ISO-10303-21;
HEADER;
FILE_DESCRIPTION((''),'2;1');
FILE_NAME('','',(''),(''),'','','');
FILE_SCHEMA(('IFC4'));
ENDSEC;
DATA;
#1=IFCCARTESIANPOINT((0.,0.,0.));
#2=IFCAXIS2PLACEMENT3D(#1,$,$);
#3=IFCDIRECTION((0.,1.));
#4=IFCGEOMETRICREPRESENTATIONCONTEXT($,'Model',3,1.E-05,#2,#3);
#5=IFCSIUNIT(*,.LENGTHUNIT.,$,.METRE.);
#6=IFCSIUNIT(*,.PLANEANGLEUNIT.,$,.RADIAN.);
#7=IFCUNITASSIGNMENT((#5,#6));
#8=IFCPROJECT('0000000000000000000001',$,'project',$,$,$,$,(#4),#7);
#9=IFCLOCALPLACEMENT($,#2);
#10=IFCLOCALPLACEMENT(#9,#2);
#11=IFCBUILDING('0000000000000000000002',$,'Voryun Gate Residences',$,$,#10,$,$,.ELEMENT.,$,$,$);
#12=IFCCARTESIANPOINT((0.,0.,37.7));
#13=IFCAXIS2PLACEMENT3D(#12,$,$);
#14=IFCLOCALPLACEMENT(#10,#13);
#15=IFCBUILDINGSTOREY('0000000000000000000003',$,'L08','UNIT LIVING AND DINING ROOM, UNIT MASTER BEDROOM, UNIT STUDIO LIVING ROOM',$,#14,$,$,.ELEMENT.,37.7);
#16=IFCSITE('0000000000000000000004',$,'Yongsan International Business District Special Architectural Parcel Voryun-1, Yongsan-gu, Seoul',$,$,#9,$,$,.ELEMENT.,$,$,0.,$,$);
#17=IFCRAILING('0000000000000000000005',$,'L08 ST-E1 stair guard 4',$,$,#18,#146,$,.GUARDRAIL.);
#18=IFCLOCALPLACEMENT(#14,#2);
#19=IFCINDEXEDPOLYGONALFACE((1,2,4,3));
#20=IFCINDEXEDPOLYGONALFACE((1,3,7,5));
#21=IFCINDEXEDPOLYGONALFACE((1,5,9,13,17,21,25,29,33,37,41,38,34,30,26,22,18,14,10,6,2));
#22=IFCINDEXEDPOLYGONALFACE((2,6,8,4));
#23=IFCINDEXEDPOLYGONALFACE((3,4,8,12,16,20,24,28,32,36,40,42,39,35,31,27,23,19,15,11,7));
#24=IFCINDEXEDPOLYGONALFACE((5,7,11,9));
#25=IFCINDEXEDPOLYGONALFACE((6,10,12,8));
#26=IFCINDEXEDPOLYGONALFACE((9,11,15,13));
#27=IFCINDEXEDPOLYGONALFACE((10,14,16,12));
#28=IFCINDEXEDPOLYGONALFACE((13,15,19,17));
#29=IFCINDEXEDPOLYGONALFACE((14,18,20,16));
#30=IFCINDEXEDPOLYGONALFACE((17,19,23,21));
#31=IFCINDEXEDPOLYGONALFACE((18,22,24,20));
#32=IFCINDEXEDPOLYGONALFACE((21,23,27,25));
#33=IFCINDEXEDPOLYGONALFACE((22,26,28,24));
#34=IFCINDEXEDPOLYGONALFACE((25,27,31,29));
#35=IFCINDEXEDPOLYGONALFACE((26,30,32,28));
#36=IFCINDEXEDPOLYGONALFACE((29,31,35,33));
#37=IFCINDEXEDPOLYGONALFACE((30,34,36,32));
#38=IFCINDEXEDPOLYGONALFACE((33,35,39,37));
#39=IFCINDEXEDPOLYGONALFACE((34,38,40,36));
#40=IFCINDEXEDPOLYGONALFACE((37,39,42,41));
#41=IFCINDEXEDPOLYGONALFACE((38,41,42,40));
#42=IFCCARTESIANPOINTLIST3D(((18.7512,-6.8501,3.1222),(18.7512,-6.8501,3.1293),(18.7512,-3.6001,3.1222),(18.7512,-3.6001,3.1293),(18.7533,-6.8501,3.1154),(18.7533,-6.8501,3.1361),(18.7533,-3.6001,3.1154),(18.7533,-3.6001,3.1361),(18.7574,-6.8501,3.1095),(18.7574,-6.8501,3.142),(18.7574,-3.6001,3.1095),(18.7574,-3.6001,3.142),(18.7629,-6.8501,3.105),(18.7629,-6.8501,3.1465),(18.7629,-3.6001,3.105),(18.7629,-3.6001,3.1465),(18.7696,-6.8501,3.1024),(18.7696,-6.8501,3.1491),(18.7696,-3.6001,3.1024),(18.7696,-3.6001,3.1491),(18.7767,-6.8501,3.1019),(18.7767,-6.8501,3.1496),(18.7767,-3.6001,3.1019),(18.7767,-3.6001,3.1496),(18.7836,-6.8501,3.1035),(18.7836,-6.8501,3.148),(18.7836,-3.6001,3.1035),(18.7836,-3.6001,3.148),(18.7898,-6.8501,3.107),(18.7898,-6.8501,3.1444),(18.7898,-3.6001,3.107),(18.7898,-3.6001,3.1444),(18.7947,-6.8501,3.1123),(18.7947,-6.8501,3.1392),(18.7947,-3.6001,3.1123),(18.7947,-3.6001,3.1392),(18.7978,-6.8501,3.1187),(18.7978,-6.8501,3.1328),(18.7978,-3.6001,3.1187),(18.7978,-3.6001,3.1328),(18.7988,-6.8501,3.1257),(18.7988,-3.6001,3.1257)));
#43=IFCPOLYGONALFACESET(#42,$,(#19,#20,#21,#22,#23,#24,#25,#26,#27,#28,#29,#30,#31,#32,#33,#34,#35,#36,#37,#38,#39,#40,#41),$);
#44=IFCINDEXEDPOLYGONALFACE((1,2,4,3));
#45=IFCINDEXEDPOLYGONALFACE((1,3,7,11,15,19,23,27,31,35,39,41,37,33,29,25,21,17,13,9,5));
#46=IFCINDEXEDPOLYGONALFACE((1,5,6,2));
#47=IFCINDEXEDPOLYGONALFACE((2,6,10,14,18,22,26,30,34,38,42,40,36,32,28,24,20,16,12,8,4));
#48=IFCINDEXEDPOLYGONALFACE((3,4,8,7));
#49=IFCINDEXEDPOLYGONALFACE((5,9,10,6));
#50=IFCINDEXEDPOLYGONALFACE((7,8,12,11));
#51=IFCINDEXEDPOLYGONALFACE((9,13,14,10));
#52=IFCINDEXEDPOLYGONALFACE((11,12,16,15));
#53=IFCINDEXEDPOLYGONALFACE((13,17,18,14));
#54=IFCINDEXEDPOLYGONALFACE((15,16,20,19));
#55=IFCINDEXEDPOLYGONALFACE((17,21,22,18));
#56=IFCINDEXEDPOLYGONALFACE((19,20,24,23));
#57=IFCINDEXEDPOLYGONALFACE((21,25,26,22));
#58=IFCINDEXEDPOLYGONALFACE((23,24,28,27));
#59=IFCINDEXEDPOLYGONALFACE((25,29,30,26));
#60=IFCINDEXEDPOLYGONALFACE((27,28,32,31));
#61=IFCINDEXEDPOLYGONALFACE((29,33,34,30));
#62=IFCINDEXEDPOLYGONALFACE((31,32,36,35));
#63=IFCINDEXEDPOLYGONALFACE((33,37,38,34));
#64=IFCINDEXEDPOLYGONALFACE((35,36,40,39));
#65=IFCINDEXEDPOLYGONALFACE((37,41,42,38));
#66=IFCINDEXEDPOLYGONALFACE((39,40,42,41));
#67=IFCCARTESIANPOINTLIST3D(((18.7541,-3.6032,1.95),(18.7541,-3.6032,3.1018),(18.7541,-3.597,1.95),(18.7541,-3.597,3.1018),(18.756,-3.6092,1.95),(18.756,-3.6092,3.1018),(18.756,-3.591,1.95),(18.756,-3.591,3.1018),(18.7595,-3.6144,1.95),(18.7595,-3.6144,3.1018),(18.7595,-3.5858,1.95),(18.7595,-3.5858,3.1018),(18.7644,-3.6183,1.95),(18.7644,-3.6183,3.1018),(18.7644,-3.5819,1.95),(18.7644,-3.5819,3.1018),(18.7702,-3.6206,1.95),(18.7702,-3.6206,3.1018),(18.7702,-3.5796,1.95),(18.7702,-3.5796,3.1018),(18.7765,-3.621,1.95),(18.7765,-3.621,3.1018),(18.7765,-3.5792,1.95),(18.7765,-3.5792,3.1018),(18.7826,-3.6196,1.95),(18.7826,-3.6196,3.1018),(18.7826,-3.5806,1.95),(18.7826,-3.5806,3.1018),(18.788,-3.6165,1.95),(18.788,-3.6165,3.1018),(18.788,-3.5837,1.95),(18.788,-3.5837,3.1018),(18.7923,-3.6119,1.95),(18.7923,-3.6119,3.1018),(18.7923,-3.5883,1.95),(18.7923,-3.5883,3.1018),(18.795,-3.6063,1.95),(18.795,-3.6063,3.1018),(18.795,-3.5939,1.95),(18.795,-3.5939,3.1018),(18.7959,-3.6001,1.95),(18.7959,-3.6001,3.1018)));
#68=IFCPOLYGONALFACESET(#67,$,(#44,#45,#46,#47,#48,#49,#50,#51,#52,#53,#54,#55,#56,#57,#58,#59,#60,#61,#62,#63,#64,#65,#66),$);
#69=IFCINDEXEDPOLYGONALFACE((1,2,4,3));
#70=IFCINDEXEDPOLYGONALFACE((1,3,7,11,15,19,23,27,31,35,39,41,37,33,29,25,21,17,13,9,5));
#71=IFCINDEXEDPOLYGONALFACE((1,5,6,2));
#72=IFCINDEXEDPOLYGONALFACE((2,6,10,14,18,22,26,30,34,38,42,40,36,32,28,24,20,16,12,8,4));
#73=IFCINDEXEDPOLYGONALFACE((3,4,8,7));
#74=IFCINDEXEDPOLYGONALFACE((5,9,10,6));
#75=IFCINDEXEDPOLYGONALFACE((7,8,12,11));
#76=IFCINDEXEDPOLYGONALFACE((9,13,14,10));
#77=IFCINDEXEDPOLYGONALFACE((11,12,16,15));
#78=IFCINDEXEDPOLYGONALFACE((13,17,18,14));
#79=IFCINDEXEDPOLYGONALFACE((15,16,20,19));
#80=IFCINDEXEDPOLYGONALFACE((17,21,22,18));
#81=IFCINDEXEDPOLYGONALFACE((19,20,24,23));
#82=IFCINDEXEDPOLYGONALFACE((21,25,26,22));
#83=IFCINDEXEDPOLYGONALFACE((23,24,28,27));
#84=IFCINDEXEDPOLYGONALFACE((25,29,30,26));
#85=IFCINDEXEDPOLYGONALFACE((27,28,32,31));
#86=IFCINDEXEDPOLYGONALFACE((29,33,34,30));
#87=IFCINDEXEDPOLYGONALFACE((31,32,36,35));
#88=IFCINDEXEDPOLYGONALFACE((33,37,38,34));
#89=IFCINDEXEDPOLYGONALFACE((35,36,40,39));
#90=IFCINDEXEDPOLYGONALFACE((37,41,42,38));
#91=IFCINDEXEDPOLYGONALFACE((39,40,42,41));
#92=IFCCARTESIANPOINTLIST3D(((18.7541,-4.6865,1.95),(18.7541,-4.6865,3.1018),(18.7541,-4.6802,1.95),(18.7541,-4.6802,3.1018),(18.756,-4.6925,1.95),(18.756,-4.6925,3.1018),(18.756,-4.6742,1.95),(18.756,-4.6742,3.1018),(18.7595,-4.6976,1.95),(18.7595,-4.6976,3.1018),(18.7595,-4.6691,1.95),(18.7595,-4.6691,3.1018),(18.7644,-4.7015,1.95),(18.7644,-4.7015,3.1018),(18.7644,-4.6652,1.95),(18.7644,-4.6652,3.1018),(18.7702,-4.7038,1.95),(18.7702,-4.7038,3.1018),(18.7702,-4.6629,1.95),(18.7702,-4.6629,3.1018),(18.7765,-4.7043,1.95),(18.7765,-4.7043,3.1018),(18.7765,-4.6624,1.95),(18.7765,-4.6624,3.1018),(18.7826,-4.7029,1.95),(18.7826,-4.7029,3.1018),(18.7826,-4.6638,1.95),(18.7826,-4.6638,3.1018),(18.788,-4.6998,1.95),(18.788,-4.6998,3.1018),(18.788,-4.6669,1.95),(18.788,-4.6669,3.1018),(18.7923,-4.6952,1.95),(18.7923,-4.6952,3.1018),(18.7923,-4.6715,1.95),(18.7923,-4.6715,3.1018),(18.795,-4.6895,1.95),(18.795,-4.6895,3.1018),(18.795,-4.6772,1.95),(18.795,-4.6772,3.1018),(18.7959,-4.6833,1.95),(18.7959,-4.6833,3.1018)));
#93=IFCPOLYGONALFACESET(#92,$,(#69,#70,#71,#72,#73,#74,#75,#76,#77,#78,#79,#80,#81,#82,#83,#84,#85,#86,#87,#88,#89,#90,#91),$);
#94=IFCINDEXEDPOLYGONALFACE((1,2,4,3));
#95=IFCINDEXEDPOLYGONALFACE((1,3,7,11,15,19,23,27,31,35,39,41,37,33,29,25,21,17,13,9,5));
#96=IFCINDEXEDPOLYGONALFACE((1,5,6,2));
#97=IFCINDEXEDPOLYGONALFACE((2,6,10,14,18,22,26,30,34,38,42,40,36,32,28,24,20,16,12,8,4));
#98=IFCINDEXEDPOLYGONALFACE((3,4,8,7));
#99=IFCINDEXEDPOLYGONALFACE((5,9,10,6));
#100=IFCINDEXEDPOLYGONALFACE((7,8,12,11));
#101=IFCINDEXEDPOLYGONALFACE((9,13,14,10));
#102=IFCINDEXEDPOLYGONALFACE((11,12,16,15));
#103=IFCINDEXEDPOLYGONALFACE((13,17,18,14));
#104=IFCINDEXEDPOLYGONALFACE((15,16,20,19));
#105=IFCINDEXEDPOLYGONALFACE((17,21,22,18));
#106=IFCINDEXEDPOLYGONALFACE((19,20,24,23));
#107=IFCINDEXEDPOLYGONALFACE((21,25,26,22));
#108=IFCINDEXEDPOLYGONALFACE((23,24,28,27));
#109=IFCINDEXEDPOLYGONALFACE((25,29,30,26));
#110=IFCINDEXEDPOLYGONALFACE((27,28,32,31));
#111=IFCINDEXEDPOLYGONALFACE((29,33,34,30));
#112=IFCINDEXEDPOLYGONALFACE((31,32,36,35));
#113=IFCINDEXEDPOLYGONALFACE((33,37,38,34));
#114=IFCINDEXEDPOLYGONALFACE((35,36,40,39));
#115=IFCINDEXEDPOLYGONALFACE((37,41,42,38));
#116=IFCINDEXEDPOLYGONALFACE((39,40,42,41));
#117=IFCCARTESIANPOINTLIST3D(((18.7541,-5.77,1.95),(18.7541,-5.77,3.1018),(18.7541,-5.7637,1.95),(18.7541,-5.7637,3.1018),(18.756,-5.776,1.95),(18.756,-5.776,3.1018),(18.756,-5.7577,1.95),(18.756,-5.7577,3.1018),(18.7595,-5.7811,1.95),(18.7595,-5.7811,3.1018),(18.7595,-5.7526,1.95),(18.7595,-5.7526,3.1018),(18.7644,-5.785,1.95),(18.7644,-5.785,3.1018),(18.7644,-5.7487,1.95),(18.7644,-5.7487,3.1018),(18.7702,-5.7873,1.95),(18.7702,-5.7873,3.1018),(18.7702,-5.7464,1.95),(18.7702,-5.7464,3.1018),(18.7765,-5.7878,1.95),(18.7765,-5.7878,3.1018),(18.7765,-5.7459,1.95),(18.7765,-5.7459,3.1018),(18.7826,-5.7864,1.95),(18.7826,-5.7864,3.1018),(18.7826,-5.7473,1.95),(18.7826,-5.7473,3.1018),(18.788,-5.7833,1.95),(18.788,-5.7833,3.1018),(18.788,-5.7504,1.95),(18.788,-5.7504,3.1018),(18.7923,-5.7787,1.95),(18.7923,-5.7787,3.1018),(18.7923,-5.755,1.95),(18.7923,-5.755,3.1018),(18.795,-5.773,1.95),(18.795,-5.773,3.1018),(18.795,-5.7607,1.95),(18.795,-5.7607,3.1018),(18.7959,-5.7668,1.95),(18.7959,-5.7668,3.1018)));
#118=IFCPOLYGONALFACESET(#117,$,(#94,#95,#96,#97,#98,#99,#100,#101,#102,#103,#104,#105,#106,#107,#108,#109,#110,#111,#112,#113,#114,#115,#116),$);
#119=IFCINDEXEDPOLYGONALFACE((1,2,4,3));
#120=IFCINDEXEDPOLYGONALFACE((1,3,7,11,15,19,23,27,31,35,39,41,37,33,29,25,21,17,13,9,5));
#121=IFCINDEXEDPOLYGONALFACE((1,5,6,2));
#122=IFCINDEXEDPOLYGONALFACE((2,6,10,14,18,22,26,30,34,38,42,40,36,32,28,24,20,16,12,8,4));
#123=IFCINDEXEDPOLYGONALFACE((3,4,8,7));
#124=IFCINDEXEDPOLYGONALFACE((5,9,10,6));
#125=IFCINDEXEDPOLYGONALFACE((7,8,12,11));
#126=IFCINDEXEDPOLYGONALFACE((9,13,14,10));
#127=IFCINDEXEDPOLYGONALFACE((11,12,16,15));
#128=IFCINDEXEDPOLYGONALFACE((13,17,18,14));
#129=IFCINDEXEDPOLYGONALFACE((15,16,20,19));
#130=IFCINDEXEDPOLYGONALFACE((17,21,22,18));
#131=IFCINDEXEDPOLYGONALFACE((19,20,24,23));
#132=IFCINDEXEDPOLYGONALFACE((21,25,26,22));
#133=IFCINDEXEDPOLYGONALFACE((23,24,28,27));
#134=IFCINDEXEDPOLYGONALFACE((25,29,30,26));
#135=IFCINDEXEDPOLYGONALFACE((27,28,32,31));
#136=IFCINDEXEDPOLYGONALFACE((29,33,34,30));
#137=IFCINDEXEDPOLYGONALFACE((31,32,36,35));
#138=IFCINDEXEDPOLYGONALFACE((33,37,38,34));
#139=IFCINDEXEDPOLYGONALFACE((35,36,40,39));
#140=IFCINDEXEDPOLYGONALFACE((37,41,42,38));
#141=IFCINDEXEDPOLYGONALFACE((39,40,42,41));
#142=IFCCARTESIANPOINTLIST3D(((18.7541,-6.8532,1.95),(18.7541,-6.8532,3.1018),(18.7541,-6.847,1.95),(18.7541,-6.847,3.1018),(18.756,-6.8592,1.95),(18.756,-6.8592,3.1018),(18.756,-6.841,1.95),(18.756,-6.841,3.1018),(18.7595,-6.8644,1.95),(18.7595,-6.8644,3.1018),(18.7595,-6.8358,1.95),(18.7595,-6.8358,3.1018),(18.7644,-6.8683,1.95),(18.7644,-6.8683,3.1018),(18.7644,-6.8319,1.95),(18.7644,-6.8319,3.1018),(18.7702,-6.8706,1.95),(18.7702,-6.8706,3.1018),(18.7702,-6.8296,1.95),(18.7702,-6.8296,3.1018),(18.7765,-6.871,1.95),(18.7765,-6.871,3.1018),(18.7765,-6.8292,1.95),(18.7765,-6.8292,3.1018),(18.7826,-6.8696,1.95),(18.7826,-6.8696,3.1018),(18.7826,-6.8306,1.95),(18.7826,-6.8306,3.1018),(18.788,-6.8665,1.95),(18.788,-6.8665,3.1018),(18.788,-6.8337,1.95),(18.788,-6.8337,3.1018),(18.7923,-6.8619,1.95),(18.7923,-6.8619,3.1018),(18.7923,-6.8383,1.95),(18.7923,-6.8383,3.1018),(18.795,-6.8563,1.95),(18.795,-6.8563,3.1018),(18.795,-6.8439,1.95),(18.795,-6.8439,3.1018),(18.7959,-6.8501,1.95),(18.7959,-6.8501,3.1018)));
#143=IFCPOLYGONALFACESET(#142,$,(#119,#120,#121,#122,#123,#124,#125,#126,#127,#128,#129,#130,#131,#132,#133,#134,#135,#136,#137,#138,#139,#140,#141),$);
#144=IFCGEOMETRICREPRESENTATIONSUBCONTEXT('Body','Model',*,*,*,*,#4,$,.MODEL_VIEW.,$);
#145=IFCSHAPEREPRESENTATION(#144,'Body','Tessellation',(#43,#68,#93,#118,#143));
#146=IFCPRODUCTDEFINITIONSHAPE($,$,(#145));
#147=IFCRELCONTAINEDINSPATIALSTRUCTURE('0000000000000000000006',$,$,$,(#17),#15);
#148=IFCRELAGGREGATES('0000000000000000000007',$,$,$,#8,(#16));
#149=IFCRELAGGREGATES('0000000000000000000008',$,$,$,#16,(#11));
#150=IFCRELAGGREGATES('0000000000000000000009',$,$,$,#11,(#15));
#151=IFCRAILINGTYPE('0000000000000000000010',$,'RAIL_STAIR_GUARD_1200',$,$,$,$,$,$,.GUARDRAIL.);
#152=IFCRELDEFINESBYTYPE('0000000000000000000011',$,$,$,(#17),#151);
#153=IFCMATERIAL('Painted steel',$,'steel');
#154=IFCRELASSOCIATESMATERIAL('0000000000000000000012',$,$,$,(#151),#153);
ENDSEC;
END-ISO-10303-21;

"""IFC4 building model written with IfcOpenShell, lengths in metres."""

from ifc_helpers import new_model, si_unit, direction, frame, origin, origin_2d, place, context, subcontext, project, spatial, circle, extrude, material, type_object, element, save


model = new_model("IFC4")

# Units and contexts
model_context = context("Model", 3, precision=1e-05, world=origin(), true_north=direction((0.0, 1.0)))
body_context = subcontext(model_context, "Body", "Model", "MODEL_VIEW")
ifc_project = project(units=[si_unit("LENGTHUNIT", "METRE"), si_unit("PLANEANGLEUNIT", "RADIAN")], contexts=[model_context])

# Site, building, storey
site_placement = place(None, origin())
site = spatial("IfcSite", under=ifc_project, at=site_placement, Name="Yongsan International Business District Special Architectural Parcel Voryun-1, Yongsan-gu, Seoul", CompositionType="ELEMENT", RefElevation=0.0)
building_placement = place(site_placement, origin())
building = spatial("IfcBuilding", under=site, at=building_placement, Name="Voryun Gate Residences", CompositionType="ELEMENT")
storey_placement = place(building_placement, frame((0.0, 0.0, 37.7)))
storey = spatial("IfcBuildingStorey", under=building, at=storey_placement, Name="L08", Description="UNIT LIVING AND DINING ROOM, UNIT MASTER BEDROOM, UNIT STUDIO LIVING ROOM", CompositionType="ELEMENT", Elevation=37.7)

# Railing
ifc_material_1 = material(Name="Painted steel", Category="steel")
railing_type_1 = type_object("IfcRailingType", Name="RAIL_STAIR_GUARD_1200", PredefinedType="GUARDRAIL", material=ifc_material_1)
for number, where, name in (
    (1, (18.7749, -3.6001, 1.95), "L08 ST-E1 stair guard 4"),
):
    element("IfcRailing", number, at=place(storey_placement, frame(where)), inside=storey, type_object=railing_type_1, Name=name, PredefinedType="GUARDRAIL", context=body_context, shape_type="SweptSolid", body=[
        extrude(circle(Radius=0.0239, at=origin_2d()), frame((0.0, 0.0, 1.1758), z_axis=(0.0, -1.0, 0.0), x_axis=(1.0, 0.0, 0.0)), (0.0, 0.0, 1.0), 3.25),
        extrude(circle(Radius=0.021, at=origin_2d()), origin(), (0.0, 0.0, 1.0), 1.1519),
        extrude(circle(Radius=0.021, at=origin_2d()), frame((0.0, -1.0833, 0.0)), (0.0, 0.0, 1.0), 1.1519),
        extrude(circle(Radius=0.021, at=origin_2d()), frame((0.0, -2.1667, 0.0)), (0.0, 0.0, 1.0), 1.1519),
        extrude(circle(Radius=0.021, at=origin_2d()), frame((0.0, -3.25, 0.0)), (0.0, 0.0, 1.0), 1.1519),
    ])

save(model, "model.ifc")
